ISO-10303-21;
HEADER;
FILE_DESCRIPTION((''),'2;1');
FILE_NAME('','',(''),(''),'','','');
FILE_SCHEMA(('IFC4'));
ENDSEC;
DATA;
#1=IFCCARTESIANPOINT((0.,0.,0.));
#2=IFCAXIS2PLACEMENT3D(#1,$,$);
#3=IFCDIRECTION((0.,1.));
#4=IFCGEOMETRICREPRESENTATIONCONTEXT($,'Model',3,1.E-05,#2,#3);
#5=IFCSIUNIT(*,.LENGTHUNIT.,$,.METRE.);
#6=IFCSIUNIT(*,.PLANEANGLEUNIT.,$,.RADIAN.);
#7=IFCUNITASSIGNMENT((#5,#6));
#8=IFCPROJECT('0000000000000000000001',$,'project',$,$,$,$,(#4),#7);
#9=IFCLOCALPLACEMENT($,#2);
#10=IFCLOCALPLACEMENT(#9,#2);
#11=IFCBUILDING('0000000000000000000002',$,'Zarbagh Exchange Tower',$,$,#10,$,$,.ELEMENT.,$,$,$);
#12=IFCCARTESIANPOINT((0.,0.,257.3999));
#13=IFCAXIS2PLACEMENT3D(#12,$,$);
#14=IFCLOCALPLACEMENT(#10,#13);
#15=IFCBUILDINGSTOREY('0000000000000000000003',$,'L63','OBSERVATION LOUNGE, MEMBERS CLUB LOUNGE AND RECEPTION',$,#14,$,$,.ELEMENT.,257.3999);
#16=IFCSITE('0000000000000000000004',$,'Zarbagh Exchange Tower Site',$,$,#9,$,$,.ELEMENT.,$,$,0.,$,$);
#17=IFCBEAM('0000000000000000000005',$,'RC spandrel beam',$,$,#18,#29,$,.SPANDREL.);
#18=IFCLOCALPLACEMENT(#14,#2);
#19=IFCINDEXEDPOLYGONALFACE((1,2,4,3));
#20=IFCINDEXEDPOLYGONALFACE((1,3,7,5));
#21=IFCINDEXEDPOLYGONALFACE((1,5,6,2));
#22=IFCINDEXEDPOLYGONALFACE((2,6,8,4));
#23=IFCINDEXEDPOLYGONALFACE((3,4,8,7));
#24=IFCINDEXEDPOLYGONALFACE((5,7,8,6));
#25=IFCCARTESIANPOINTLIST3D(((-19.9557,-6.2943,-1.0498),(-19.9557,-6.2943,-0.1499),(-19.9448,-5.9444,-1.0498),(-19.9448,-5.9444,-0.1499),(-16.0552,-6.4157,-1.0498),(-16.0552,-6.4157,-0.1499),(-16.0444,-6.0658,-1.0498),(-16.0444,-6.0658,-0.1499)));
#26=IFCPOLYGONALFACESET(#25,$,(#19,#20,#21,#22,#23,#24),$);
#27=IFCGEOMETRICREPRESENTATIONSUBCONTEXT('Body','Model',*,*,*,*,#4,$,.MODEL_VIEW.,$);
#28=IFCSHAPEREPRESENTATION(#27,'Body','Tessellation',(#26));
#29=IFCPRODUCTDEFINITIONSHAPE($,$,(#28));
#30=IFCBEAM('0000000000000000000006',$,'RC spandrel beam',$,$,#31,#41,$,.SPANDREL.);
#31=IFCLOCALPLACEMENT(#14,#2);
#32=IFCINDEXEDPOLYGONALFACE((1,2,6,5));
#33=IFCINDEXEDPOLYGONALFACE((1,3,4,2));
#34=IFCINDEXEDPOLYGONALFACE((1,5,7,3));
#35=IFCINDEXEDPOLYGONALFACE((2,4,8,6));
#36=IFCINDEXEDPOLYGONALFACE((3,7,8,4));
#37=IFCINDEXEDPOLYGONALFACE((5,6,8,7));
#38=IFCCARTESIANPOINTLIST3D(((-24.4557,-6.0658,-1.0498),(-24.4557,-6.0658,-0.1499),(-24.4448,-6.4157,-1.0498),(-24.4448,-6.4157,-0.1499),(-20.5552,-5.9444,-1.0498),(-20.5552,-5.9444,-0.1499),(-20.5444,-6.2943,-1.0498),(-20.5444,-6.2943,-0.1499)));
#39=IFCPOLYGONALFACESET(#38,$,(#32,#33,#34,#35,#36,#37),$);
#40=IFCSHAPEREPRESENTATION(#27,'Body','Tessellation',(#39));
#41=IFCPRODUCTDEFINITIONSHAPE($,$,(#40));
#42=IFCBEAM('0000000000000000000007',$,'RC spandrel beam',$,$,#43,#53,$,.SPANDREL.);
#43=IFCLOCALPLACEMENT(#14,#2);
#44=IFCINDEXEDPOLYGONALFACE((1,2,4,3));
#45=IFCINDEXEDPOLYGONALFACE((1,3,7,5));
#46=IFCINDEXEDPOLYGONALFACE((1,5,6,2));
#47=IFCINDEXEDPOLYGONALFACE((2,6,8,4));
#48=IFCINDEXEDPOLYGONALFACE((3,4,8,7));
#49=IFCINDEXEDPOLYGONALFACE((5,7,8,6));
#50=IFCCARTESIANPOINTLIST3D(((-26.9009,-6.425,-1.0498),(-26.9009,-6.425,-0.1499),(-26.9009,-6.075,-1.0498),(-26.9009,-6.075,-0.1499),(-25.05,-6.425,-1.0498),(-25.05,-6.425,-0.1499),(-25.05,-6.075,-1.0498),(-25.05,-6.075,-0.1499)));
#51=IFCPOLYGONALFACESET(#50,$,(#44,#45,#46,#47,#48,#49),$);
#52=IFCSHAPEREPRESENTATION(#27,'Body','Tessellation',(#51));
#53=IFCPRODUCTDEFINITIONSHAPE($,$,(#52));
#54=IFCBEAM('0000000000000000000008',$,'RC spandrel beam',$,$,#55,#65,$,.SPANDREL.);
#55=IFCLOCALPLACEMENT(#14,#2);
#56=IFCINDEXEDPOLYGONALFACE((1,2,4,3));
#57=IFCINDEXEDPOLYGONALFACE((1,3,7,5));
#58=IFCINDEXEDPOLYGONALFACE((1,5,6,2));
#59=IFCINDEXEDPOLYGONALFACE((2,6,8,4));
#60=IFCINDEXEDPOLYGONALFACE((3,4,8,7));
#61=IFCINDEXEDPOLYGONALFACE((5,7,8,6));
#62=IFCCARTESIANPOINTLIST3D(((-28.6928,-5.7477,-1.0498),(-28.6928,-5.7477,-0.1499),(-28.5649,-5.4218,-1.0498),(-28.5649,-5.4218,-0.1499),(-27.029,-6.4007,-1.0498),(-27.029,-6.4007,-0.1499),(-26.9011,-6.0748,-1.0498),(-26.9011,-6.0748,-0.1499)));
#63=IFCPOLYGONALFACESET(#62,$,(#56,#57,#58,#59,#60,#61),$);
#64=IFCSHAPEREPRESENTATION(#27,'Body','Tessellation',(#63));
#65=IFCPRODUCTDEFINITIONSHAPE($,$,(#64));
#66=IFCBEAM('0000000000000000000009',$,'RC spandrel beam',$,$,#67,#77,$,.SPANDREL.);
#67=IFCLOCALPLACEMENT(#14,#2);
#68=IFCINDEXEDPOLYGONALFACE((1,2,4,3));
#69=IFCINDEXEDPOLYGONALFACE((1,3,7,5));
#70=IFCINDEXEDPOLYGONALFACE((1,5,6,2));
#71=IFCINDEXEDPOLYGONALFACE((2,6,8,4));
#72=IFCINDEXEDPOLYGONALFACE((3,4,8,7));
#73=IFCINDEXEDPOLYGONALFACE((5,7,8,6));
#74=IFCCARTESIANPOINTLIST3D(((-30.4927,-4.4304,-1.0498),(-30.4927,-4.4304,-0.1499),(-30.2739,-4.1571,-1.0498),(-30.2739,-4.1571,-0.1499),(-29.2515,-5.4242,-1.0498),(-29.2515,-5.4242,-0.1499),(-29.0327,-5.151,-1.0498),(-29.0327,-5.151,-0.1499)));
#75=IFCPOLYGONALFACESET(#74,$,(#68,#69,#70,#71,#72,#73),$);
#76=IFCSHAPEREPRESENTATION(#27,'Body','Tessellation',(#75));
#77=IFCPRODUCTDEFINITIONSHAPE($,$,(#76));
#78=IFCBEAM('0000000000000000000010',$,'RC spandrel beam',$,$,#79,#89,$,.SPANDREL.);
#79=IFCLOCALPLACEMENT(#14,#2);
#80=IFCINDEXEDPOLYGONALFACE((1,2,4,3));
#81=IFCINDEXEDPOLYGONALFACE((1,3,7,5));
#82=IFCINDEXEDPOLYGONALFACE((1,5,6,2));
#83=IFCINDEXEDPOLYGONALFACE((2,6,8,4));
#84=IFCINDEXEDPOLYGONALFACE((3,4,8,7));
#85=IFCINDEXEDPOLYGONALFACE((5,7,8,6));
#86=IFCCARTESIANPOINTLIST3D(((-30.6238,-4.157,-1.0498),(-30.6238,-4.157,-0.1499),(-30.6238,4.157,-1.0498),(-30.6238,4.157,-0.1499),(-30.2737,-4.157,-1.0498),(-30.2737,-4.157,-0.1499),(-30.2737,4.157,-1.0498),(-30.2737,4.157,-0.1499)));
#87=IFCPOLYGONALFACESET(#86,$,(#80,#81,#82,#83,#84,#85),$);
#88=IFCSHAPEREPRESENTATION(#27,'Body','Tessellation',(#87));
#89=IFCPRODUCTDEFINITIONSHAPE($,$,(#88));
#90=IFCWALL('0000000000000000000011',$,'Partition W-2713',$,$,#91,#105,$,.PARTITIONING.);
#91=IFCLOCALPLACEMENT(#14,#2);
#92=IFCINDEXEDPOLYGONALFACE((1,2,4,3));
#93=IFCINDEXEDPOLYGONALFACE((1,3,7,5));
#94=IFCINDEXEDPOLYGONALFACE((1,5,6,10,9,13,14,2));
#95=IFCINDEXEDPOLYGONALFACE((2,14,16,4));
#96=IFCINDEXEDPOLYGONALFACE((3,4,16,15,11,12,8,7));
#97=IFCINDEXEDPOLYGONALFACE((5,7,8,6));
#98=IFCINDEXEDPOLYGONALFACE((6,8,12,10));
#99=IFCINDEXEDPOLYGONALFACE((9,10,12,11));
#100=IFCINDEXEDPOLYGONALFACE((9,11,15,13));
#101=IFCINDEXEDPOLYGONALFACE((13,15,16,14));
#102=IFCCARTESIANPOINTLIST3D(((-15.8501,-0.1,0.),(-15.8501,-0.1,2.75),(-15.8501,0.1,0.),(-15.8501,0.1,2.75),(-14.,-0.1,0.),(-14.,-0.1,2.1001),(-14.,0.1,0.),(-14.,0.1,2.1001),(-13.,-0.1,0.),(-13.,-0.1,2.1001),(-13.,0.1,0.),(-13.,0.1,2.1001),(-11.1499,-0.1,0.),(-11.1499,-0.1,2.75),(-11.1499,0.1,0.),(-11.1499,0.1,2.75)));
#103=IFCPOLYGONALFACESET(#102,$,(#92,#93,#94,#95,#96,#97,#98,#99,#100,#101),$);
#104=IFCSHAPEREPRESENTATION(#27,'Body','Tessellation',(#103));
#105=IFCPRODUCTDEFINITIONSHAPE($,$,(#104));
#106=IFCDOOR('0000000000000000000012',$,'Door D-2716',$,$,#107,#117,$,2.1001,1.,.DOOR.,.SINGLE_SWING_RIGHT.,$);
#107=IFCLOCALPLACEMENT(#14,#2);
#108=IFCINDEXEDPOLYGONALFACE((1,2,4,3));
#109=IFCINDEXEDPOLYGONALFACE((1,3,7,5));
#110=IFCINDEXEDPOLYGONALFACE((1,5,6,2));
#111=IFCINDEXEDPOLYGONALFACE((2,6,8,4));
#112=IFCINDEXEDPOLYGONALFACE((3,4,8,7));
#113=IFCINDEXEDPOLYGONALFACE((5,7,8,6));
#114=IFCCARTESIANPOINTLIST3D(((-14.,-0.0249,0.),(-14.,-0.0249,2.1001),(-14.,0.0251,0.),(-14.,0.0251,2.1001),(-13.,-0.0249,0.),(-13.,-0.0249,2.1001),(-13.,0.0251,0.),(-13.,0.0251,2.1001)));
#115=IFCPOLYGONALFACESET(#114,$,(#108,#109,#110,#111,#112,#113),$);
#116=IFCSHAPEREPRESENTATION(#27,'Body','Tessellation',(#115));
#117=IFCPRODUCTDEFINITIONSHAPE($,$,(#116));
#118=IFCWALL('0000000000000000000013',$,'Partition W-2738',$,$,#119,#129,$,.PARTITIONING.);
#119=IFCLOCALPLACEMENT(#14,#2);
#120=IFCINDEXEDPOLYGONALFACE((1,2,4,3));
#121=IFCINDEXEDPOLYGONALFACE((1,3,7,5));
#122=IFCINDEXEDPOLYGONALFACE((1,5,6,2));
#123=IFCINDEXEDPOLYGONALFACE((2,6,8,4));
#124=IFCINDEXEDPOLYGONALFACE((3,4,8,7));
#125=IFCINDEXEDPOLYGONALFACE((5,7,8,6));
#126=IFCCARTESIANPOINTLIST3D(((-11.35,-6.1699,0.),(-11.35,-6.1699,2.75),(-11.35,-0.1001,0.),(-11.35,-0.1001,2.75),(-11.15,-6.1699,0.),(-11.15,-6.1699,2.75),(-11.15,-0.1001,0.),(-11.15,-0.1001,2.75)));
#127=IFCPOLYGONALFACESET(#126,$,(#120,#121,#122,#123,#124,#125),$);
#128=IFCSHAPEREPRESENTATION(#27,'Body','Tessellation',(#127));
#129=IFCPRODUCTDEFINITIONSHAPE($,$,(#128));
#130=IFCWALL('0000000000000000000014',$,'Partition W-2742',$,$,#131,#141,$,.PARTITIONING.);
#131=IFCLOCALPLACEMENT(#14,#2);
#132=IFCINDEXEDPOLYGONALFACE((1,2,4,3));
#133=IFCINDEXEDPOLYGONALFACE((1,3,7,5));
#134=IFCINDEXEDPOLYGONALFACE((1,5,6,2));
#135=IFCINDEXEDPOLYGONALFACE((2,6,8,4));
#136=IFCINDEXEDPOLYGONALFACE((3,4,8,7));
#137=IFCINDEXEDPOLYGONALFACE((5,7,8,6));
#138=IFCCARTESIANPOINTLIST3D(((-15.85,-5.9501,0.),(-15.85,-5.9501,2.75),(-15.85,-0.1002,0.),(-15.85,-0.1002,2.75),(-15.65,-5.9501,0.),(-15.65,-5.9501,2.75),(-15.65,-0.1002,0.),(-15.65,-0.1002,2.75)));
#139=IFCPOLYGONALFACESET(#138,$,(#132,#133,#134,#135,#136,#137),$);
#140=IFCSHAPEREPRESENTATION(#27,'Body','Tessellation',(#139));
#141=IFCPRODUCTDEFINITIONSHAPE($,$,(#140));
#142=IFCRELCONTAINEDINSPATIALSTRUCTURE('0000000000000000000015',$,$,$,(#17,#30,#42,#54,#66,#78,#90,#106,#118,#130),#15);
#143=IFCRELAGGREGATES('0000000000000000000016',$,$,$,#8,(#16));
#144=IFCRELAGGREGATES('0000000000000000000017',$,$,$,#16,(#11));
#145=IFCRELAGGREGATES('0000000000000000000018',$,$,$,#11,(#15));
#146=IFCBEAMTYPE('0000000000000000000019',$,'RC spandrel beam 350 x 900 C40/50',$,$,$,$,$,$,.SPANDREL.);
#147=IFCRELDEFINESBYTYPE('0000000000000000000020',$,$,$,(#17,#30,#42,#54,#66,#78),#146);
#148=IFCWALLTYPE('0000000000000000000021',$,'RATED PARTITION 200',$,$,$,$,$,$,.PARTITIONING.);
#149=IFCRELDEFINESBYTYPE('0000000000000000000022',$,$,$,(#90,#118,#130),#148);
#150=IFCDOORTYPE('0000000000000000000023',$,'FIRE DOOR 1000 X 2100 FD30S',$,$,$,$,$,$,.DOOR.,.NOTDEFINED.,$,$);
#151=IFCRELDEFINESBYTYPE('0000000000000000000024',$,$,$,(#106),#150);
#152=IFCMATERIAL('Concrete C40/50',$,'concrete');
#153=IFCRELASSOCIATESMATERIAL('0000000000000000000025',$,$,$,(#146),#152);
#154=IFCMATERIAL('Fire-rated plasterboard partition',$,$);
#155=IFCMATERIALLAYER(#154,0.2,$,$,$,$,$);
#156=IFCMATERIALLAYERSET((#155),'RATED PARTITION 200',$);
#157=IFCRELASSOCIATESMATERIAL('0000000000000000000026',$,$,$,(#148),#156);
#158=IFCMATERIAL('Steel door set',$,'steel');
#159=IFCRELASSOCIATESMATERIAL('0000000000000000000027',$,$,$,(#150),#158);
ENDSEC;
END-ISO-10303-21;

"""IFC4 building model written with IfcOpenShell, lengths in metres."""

from ifc_helpers import new_model, si_unit, direction, frame, frame_2d, origin, origin_2d, place, context, subcontext, project, spatial, rectangle, extrude, material, layer, layer_set, material_profile, profile_set, type_object, element, fill, save


model = new_model("IFC4")

# Units and contexts
model_context = context("Model", 3, precision=1e-05, world=origin(), true_north=direction((0.0, 1.0)))
body_context = subcontext(model_context, "Body", "Model", "MODEL_VIEW")
ifc_project = project(units=[si_unit("LENGTHUNIT", "METRE"), si_unit("PLANEANGLEUNIT", "RADIAN")], contexts=[model_context])

# Site, building, storey
site_placement = place(None, origin())
site = spatial("IfcSite", under=ifc_project, at=site_placement, Name="Zarbagh Exchange Tower Site", CompositionType="ELEMENT", RefElevation=0.0)
building_placement = place(site_placement, origin())
building = spatial("IfcBuilding", under=site, at=building_placement, Name="Zarbagh Exchange Tower", CompositionType="ELEMENT")
storey_placement = place(building_placement, frame((0.0, 0.0, 257.3999)))
storey = spatial("IfcBuildingStorey", under=building, at=storey_placement, Name="L63", Description="OBSERVATION LOUNGE, MEMBERS CLUB LOUNGE AND RECEPTION", CompositionType="ELEMENT", Elevation=257.3999)

# Shared definitions
ifc_material_1 = material(Name="Concrete C40/50", Category="concrete")

# Beams
ifc_material_profile_1 = material_profile(ifc_material_1, rectangle(XDim=0.3501, YDim=0.8999, at=origin_2d()), Name="RC spandrel beam 350 x 900 C40/50")
ifc_profile_set_1 = profile_set([ifc_material_profile_1], Name="Concrete C40/50")
beam_type_1 = type_object("IfcBeamType", Name="RC spandrel beam 350 x 900 C40/50", PredefinedType="SPANDREL", material=ifc_profile_set_1)
for number, where, z_axis, x_axis, name in (
    (1, (-16.0498, -6.2407, -0.5999), (-0.999516, 0.031094, 0.0), (-0.031094, -0.999516, 0.0), "RC spandrel beam"),
    (2, (-20.5498, -6.1194, -0.5999), (-0.999516, -0.031094, 0.0), (0.031094, -0.999516, 0.0), "RC spandrel beam"),
):
    element("IfcBeam", number, at=place(storey_placement, frame(where, z_axis=z_axis, x_axis=x_axis)), inside=storey, type_object=beam_type_1, Name=name, PredefinedType="SPANDREL", context=body_context, shape_type="SweptSolid", body=[
        extrude(rectangle(XDim=0.3501, YDim=0.8999, at=origin_2d()), origin(), (0.0, 0.0, 1.0), 3.9023),
    ])
beam_1_placement = place(storey_placement, frame((-25.05, -6.25, -0.5999), z_axis=(-1.0, 0.0, 0.0), x_axis=(0.0, -1.0, 0.0)))
element("IfcBeam", 3, at=beam_1_placement, inside=storey, type_object=beam_type_1, Name="RC spandrel beam", PredefinedType="SPANDREL", context=body_context, shape_type="SweptSolid", body=[
    extrude(rectangle(XDim=0.3501, YDim=0.8999, at=origin_2d()), origin(), (0.0, 0.0, 1.0), 1.8508),
])
beam_2_placement = place(storey_placement, frame((-26.9651, -6.2378, -0.5999), z_axis=(-0.930859, 0.365378, 0.0), x_axis=(-0.365378, -0.930859, 0.0)))
element("IfcBeam", 4, at=beam_2_placement, inside=storey, type_object=beam_type_1, Name="RC spandrel beam", PredefinedType="SPANDREL", context=body_context, shape_type="SweptSolid", body=[
    extrude(rectangle(XDim=0.3501, YDim=0.8999, at=origin_2d()), origin(), (0.0, 0.0, 1.0), 1.7874),
])
beam_3_placement = place(storey_placement, frame((-29.1421, -5.2876, -0.5999), z_axis=(-0.780584, 0.625051, 0.0), x_axis=(-0.625051, -0.780584, 0.0)))
element("IfcBeam", 5, at=beam_3_placement, inside=storey, type_object=beam_type_1, Name="RC spandrel beam", PredefinedType="SPANDREL", context=body_context, shape_type="SweptSolid", body=[
    extrude(rectangle(XDim=0.3501, YDim=0.8999, at=origin_2d()), origin(), (0.0, 0.0, 1.0), 1.5901),
])
beam_4_placement = place(storey_placement, frame((-30.4487, -4.157, -0.5999), z_axis=(0.0, 1.0, 0.0), x_axis=(-1.0, 0.0, 0.0)))
element("IfcBeam", 6, at=beam_4_placement, inside=storey, type_object=beam_type_1, Name="RC spandrel beam", PredefinedType="SPANDREL", context=body_context, shape_type="SweptSolid", body=[
    extrude(rectangle(XDim=0.3501, YDim=0.8999, at=origin_2d()), origin(), (0.0, 0.0, 1.0), 8.314),
])

# Wall, opening, door
ifc_material_2 = material(Name="Fire-rated plasterboard partition")
ifc_layer = layer(ifc_material_2, 0.2)
ifc_layer_set = layer_set([ifc_layer], Name="RATED PARTITION 200")
wall_type = type_object("IfcWallType", Name="RATED PARTITION 200", PredefinedType="PARTITIONING", material=ifc_layer_set)
wall_1_placement = place(storey_placement, frame((-11.1499, 0.0, 0.0), z_axis=(0.0, 0.0, 1.0), x_axis=(-1.0, 0.0, 0.0)))
wall_1 = element("IfcWall", 7, at=wall_1_placement, inside=storey, type_object=wall_type, Name="Partition W-2713", PredefinedType="PARTITIONING", context=body_context, shape_type="SweptSolid", body=[
    extrude(rectangle(XDim=4.7002, YDim=0.2, at=frame_2d((2.3501, 0.0))), origin(), (0.0, 0.0, 1.0), 2.75),
])
opening_placement = place(wall_1_placement, frame((1.8501, 0.0, 0.0)))
opening = element("IfcOpeningElement", 8, at=opening_placement, cuts=wall_1, PredefinedType="OPENING", context=body_context, shape_type="SweptSolid", body=[
    extrude(rectangle(XDim=1.0, YDim=2.1001, at=frame_2d((0.5, 1.05))), frame((0.0, 0.1099, 0.0), z_axis=(0.0, -1.0, 0.0), x_axis=(1.0, 0.0, 0.0)), (0.0, 0.0, 1.0), 0.22),
])
ifc_material_3 = material(Name="Steel door set", Category="steel")
door_type = type_object("IfcDoorType", Name="FIRE DOOR 1000 X 2100 FD30S", OperationType="NOTDEFINED", PredefinedType="DOOR", material=ifc_material_3)
door_placement = place(opening_placement, origin())
door = element("IfcDoor", 9, at=door_placement, inside=storey, type_object=door_type, Name="Door D-2716", OperationType="SINGLE_SWING_RIGHT", OverallHeight=2.1001, OverallWidth=1.0, PredefinedType="DOOR", context=body_context, shape_type="SweptSolid", body=[
    extrude(rectangle(XDim=1.0, YDim=2.1001, at=frame_2d((0.5, 1.05))), frame((0.0, 0.0249, 0.0), z_axis=(0.0, -1.0, 0.0), x_axis=(1.0, 0.0, 0.0)), (0.0, 0.0, 1.0), 0.05),
])
fill(opening, door)

# Walls
wall_2_placement = place(storey_placement, frame((-11.25, -6.1699, 0.0), z_axis=(0.0, 0.0, 1.0), x_axis=(0.0, 1.0, 0.0)))
element("IfcWall", 10, at=wall_2_placement, inside=storey, type_object=wall_type, Name="Partition W-2738", PredefinedType="PARTITIONING", context=body_context, shape_type="SweptSolid", body=[
    extrude(rectangle(XDim=6.0698, YDim=0.2, at=frame_2d((3.0349, 0.0))), origin(), (0.0, 0.0, 1.0), 2.75),
])
wall_3_placement = place(storey_placement, frame((-15.75, -5.95, 0.0), z_axis=(0.0, 0.0, 1.0), x_axis=(0.0, 1.0, 0.0)))
element("IfcWall", 11, at=wall_3_placement, inside=storey, type_object=wall_type, Name="Partition W-2742", PredefinedType="PARTITIONING", context=body_context, shape_type="SweptSolid", body=[
    extrude(rectangle(XDim=5.8499, YDim=0.2, at=frame_2d((2.9248, 0.0))), origin(), (0.0, 0.0, 1.0), 2.75),
])

save(model, "model.ifc")
